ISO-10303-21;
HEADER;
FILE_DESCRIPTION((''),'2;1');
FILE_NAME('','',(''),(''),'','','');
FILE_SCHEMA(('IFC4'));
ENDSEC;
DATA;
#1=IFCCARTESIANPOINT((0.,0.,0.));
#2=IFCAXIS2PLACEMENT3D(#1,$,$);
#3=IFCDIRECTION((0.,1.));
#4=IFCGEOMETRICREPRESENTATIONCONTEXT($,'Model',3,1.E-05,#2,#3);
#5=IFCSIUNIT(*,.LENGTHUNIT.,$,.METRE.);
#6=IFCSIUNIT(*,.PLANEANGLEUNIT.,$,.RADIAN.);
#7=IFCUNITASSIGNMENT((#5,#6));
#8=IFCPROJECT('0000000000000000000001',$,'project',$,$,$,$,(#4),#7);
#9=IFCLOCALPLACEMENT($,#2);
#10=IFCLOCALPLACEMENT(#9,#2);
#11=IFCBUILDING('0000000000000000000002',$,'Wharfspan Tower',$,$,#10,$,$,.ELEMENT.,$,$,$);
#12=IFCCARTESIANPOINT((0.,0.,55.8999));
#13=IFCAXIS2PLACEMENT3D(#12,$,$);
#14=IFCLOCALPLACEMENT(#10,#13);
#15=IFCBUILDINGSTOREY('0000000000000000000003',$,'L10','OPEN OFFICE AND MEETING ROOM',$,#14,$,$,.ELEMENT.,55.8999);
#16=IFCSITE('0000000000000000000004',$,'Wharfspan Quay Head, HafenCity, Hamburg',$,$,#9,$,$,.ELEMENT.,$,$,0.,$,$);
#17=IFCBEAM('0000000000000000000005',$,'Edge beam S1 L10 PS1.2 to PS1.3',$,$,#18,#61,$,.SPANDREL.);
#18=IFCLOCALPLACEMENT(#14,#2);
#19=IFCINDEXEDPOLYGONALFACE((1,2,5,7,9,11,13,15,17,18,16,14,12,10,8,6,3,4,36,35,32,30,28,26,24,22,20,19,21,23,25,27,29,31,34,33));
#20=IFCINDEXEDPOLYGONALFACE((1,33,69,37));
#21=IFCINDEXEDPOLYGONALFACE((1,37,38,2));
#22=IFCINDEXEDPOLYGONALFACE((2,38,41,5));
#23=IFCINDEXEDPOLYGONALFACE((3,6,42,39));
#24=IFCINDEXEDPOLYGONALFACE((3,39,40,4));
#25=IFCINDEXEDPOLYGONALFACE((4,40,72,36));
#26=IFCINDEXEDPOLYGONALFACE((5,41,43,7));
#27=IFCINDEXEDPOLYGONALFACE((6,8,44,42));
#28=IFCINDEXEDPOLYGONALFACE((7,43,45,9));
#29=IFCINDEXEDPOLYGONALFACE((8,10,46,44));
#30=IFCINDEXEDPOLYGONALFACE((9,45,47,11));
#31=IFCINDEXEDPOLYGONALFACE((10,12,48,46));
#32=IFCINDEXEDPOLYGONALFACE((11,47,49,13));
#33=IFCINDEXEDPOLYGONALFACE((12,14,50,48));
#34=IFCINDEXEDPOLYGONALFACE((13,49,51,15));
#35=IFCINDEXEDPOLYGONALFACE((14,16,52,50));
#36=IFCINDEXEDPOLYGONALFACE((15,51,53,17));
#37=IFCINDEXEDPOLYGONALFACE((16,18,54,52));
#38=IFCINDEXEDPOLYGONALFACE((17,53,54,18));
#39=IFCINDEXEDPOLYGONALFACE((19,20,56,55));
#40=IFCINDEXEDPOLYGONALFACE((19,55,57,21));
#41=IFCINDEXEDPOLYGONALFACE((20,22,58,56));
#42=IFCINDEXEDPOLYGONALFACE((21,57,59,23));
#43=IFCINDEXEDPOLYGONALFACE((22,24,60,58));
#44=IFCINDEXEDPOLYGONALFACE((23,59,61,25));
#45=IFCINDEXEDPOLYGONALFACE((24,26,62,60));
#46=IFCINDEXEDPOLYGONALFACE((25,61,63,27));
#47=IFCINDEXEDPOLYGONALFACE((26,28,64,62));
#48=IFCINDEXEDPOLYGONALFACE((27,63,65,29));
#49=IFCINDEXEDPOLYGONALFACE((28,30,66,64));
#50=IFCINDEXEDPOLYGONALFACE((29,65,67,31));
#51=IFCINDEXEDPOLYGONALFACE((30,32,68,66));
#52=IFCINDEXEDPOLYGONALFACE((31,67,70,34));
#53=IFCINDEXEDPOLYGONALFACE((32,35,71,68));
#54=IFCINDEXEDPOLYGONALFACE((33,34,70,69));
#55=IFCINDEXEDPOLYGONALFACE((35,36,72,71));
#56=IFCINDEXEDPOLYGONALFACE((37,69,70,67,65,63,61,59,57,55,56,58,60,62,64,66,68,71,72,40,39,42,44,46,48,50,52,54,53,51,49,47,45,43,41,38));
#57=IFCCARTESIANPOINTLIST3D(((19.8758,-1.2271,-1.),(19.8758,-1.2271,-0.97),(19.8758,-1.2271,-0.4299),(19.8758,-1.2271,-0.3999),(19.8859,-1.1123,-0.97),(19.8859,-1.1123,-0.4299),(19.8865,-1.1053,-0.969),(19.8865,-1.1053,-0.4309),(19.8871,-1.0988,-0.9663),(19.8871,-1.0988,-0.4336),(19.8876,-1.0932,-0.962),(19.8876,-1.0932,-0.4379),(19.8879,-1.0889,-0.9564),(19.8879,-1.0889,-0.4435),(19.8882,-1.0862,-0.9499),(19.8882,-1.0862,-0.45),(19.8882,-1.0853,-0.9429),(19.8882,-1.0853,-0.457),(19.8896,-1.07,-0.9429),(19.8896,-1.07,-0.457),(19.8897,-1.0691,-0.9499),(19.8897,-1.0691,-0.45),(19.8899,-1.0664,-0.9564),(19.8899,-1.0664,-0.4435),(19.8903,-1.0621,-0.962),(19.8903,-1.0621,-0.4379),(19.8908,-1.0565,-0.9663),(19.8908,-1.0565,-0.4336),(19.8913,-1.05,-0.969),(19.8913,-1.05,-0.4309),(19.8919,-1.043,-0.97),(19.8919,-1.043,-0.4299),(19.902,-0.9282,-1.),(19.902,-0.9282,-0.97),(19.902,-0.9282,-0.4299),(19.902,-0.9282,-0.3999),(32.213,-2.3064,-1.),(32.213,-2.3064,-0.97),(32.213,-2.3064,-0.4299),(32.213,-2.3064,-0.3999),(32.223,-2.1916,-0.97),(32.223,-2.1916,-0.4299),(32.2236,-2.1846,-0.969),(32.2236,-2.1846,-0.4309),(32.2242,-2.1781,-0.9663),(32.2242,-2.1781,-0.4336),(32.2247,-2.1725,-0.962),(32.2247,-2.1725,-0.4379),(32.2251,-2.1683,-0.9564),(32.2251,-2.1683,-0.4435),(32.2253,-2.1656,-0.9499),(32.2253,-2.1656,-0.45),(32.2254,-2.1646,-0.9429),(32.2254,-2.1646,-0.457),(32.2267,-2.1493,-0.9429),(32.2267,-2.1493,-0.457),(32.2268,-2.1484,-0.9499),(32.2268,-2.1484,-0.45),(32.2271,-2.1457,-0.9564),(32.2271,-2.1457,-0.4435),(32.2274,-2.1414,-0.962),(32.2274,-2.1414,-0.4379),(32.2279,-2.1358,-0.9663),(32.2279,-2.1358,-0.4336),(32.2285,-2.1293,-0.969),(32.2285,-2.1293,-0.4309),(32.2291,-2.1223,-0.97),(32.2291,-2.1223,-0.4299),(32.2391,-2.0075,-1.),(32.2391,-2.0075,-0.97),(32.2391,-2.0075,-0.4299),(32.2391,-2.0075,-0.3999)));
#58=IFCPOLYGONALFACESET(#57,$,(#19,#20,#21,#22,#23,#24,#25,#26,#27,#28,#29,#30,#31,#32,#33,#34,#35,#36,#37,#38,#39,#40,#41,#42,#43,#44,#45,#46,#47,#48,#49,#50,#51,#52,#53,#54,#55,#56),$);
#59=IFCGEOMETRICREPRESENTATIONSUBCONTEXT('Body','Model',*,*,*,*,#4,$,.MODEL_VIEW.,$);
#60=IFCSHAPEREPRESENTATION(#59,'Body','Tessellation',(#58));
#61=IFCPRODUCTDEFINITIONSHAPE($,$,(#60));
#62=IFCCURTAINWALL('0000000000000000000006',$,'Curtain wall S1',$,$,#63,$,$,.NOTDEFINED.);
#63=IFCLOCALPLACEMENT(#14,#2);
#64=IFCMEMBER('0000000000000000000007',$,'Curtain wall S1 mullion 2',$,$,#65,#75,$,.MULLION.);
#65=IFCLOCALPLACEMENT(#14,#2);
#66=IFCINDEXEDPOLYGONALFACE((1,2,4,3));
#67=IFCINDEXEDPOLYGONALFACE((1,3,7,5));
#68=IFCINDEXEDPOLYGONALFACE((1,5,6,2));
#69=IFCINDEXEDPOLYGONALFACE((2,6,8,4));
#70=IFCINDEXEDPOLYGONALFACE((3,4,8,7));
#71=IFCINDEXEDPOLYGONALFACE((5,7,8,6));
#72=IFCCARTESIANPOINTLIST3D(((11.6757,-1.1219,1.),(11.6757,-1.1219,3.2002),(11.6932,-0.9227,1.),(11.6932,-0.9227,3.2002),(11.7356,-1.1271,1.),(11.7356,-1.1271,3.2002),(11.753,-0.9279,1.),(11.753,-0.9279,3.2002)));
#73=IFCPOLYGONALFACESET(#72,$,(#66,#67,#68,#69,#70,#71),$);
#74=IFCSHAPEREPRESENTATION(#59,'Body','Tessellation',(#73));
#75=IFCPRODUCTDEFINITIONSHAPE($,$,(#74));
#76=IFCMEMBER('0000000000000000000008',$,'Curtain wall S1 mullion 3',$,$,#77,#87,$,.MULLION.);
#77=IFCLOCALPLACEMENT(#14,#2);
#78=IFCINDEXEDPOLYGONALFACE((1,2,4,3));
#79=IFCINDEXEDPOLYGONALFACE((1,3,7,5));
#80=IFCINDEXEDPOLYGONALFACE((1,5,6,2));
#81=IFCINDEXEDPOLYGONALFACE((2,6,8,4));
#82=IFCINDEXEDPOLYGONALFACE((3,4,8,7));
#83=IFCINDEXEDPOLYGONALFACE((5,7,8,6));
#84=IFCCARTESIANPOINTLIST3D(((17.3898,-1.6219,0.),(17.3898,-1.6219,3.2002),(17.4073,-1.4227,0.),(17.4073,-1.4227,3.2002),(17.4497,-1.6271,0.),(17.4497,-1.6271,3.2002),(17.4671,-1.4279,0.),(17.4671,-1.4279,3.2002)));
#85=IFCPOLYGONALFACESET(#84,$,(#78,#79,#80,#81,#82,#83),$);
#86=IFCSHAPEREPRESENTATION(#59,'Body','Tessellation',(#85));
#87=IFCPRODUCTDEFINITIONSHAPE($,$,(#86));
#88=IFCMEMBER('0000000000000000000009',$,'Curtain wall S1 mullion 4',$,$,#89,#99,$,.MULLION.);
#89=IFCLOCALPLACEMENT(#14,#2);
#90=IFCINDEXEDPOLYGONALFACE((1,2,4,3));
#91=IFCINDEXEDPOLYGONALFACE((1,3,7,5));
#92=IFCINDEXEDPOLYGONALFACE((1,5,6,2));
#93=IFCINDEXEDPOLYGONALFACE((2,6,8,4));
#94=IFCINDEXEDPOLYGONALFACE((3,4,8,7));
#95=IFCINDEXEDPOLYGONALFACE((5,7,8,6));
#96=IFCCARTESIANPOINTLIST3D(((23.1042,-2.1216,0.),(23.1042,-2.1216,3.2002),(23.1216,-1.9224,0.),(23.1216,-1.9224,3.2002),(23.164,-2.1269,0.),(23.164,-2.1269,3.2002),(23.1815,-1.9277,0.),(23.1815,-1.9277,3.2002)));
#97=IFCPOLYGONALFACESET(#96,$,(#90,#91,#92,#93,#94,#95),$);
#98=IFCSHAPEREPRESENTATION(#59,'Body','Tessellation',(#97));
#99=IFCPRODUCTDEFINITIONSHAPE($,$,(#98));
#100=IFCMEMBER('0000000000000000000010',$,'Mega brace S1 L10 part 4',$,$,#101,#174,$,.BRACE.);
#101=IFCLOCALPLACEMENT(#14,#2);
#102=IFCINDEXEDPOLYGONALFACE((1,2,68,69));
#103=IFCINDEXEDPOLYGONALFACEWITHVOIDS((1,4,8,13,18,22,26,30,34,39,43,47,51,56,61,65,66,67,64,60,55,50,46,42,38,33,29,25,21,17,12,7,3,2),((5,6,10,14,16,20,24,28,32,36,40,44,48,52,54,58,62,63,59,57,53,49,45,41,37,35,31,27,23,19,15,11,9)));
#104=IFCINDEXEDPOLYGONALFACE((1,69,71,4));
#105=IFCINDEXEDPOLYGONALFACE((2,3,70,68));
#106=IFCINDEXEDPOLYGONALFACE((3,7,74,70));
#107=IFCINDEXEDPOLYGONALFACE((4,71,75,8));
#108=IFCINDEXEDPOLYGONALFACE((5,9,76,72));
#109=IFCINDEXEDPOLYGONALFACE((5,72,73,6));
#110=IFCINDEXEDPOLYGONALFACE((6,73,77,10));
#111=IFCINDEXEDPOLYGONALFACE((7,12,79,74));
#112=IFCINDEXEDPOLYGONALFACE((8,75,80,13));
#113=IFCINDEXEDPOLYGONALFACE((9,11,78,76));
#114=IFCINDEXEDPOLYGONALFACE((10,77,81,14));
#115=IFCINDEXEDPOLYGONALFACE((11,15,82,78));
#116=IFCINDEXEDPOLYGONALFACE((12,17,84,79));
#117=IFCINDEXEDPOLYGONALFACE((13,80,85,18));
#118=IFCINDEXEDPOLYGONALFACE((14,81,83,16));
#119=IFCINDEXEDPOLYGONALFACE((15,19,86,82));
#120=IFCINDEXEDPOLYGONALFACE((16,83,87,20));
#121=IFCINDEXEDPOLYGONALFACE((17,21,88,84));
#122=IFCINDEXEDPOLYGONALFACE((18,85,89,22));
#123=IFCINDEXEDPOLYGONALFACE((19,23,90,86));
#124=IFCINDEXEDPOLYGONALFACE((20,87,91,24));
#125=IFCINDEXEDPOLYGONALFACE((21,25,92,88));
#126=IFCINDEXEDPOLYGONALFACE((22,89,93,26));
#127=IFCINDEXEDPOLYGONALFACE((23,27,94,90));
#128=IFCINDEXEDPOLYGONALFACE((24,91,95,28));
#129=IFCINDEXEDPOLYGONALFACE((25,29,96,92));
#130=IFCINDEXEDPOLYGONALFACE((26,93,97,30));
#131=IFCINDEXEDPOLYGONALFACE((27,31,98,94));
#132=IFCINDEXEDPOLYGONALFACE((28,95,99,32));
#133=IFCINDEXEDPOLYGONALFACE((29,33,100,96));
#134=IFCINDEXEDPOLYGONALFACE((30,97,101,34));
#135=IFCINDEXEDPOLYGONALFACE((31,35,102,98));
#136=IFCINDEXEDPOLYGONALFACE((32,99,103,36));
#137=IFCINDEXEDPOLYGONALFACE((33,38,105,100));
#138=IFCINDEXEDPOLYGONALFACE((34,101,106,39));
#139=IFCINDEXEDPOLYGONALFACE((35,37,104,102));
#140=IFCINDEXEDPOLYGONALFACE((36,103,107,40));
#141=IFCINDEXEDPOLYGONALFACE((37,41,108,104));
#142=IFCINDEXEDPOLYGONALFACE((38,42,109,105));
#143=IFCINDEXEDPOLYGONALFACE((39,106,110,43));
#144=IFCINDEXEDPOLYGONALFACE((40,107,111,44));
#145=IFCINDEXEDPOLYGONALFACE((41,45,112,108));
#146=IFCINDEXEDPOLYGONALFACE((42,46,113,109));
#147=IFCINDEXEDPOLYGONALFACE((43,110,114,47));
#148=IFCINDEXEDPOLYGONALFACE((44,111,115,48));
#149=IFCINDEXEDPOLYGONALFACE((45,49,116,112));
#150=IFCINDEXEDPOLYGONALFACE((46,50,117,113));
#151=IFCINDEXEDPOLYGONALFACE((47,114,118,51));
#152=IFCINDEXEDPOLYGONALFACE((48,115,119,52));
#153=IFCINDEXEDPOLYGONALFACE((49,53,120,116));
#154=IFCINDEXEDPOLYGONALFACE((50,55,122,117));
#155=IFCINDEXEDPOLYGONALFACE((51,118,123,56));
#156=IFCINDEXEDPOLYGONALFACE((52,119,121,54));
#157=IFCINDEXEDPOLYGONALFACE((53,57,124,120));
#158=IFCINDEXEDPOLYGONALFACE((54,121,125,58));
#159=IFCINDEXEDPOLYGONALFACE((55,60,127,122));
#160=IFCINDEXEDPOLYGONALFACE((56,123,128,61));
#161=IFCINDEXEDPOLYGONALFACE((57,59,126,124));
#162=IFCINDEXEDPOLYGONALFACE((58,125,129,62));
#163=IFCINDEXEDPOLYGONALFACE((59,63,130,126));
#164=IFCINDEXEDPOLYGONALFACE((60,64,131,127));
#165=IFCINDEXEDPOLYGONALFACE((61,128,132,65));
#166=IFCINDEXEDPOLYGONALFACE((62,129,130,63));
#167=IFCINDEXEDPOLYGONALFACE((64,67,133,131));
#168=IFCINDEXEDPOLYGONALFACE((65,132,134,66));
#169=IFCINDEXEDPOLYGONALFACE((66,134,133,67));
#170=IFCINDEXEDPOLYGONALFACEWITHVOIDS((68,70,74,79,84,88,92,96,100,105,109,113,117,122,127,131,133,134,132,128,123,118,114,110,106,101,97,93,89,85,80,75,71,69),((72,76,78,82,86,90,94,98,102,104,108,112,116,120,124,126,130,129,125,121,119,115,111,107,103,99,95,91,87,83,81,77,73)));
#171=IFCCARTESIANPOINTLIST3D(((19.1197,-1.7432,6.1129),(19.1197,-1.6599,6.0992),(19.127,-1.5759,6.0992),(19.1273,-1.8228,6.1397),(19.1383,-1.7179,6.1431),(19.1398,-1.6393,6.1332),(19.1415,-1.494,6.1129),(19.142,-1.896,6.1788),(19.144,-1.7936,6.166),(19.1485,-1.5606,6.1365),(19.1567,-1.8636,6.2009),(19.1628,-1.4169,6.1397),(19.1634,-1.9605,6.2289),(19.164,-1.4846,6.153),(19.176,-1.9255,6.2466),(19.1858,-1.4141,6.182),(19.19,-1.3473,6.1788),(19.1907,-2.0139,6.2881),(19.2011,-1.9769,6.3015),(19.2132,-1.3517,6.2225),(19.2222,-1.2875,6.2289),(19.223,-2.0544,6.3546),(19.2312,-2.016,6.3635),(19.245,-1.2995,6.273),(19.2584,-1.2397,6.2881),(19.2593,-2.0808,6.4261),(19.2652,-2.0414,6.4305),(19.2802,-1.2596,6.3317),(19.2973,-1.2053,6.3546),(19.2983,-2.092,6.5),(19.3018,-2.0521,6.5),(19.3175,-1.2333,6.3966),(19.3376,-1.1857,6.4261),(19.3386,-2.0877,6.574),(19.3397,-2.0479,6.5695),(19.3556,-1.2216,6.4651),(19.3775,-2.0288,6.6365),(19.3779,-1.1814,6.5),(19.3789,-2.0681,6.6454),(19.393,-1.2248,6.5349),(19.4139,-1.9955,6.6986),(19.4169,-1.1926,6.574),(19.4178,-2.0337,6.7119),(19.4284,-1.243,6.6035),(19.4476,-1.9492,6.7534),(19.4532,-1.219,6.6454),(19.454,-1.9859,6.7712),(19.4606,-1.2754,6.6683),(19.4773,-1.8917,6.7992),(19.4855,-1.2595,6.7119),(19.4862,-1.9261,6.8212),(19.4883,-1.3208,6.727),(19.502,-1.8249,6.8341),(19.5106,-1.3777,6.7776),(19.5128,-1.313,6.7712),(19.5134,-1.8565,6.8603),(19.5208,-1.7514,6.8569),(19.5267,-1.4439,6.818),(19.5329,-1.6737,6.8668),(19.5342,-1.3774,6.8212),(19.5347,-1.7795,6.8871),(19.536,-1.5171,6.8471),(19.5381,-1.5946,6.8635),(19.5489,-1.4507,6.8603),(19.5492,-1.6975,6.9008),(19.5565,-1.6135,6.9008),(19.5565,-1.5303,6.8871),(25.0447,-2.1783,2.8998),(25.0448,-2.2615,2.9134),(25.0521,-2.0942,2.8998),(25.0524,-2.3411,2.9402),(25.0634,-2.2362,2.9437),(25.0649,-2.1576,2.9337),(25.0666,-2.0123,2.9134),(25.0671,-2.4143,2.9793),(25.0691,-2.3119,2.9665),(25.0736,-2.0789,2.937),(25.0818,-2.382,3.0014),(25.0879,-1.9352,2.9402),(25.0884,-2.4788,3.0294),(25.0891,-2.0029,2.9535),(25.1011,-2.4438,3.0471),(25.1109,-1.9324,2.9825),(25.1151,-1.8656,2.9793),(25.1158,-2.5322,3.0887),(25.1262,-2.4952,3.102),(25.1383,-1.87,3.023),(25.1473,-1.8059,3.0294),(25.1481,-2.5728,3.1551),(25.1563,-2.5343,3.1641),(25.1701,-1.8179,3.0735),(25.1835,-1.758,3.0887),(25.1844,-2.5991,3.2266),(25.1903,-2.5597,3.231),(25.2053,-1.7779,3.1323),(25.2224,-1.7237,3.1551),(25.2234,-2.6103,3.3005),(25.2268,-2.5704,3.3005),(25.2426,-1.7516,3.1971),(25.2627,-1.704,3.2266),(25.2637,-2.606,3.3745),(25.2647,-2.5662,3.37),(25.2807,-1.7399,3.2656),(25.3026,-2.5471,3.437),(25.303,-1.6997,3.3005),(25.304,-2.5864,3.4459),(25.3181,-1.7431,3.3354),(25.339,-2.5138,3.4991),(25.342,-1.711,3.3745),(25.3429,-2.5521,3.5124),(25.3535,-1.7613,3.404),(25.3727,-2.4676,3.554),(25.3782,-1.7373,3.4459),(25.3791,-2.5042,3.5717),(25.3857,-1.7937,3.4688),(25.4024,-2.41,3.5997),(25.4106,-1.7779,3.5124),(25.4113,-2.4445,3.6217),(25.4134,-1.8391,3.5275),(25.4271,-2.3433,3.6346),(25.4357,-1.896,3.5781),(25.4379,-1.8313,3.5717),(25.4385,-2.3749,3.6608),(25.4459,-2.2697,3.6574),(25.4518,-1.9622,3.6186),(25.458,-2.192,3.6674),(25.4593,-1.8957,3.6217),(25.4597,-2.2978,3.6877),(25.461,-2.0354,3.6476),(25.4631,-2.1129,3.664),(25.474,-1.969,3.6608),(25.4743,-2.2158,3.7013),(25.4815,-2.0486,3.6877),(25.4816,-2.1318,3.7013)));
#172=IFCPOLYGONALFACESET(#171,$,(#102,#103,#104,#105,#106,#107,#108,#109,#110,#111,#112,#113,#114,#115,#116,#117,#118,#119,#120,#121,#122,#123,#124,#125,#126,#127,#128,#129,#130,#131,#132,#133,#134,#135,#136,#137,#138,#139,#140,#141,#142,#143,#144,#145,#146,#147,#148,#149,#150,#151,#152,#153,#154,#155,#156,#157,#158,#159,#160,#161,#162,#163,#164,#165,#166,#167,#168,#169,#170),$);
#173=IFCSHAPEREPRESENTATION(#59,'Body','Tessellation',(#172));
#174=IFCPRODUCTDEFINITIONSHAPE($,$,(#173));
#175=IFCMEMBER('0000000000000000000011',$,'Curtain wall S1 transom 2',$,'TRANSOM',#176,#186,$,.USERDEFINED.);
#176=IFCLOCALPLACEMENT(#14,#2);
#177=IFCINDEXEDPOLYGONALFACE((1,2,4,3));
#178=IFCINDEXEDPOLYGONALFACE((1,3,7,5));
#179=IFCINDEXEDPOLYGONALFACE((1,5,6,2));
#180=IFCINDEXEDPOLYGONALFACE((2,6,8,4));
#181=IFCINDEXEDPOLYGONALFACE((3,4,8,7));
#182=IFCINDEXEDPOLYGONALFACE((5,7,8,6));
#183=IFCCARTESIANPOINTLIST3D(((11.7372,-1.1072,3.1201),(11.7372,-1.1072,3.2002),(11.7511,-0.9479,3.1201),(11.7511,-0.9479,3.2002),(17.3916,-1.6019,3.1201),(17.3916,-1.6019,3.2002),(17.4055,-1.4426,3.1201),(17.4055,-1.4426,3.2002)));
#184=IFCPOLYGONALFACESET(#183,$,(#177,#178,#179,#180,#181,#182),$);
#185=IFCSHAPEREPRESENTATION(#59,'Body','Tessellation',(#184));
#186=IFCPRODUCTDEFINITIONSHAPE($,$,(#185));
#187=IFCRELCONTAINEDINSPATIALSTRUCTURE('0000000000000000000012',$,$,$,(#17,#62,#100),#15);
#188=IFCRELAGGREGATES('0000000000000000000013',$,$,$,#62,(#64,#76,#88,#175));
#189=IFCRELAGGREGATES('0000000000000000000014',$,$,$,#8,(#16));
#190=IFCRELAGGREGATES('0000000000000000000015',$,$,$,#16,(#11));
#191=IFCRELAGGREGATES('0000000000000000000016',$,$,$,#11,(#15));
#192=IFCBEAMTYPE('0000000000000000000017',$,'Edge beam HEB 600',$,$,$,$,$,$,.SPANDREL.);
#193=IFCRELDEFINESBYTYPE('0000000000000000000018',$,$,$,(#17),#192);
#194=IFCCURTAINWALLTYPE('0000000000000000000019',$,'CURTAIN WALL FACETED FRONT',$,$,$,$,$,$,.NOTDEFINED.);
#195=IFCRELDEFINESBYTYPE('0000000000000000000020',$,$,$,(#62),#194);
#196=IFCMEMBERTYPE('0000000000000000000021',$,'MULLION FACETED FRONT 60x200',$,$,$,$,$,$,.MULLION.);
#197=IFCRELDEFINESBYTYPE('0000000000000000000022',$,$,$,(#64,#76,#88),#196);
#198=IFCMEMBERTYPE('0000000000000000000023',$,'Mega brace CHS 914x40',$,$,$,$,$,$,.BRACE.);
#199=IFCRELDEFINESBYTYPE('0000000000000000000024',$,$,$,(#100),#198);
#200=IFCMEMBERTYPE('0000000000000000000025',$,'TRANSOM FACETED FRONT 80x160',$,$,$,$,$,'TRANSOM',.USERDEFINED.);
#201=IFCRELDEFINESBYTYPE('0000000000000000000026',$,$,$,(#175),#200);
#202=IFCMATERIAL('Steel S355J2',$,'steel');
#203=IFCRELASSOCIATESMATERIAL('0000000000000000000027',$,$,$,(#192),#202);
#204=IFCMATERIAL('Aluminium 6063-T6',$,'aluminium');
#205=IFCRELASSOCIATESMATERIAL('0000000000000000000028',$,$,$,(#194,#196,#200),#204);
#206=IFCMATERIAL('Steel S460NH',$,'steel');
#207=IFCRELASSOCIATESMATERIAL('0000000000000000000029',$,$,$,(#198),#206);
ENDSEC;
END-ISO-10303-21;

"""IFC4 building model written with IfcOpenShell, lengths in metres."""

from ifc_helpers import new_model, si_unit, direction, frame, origin, origin_2d, place, context, subcontext, project, spatial, rectangle, hollow_circle, i_section, extrude, material, material_profile, profile_set, type_object, element, aggregate, save


model = new_model("IFC4")

# Units and contexts
model_context = context("Model", 3, precision=1e-05, world=origin(), true_north=direction((0.0, 1.0)))
body_context = subcontext(model_context, "Body", "Model", "MODEL_VIEW")
ifc_project = project(units=[si_unit("LENGTHUNIT", "METRE"), si_unit("PLANEANGLEUNIT", "RADIAN")], contexts=[model_context])

# Site, building, storey
site_placement = place(None, origin())
site = spatial("IfcSite", under=ifc_project, at=site_placement, Name="Wharfspan Quay Head, HafenCity, Hamburg", CompositionType="ELEMENT", RefElevation=0.0)
building_placement = place(site_placement, origin())
building = spatial("IfcBuilding", under=site, at=building_placement, Name="Wharfspan Tower", CompositionType="ELEMENT")
storey_placement = place(building_placement, frame((0.0, 0.0, 55.8999)))
storey = spatial("IfcBuildingStorey", under=building, at=storey_placement, Name="L10", Description="OPEN OFFICE AND MEETING ROOM", CompositionType="ELEMENT", Elevation=55.8999)

# Shared definitions
ifc_material_1 = material(Name="Steel S355J2", Category="steel")

# Beam
ifc_material_profile_1 = material_profile(ifc_material_1, i_section(OverallWidth=0.3, OverallDepth=0.6001, WebThickness=0.0154, FlangeThickness=0.03, FilletRadius=0.0271, at=origin_2d()))
ifc_profile_set_1 = profile_set([ifc_material_profile_1], Name="Steel S355J2")
beam_type = type_object("IfcBeamType", Name="Edge beam HEB 600", PredefinedType="SPANDREL", material=ifc_profile_set_1)
beam_placement = place(storey_placement, frame((19.8889, -1.0776, -0.7), z_axis=(0.996195, -0.087154, 0.0), x_axis=(0.087154, 0.996195, 0.0)))
element("IfcBeam", 1, at=beam_placement, inside=storey, type_object=beam_type, Name="Edge beam S1 L10 PS1.2 to PS1.3", PredefinedType="SPANDREL", context=body_context, shape_type="SweptSolid", body=[
    extrude(i_section(OverallWidth=0.3, OverallDepth=0.6001, WebThickness=0.0154, FlangeThickness=0.03, FilletRadius=0.0271, at=origin_2d()), origin(), (0.0, 0.0, 1.0), 12.3843),
])

# Curtain wall, members
ifc_material_2 = material(Name="Aluminium 6063-T6", Category="aluminium")
curtain_wall_type = type_object("IfcCurtainWallType", Name="CURTAIN WALL FACETED FRONT", PredefinedType="NOTDEFINED", material=ifc_material_2)
curtain_wall_placement = place(storey_placement, origin())
curtain_wall = element("IfcCurtainWall", 2, at=curtain_wall_placement, inside=storey, type_object=curtain_wall_type, Name="Curtain wall S1", PredefinedType="NOTDEFINED")
ifc_material_profile_2 = material_profile(ifc_material_2, rectangle(XDim=0.2, YDim=0.0601, at=origin_2d()))
ifc_profile_set_2 = profile_set([ifc_material_profile_2], Name="Aluminium 6063-T6")
member_type_1 = type_object("IfcMemberType", Name="MULLION FACETED FRONT 60x200", PredefinedType="MULLION", material=ifc_profile_set_2)
member_1_placement = place(storey_placement, frame((11.7144, -1.0249, 1.0), z_axis=(0.0, 0.0, 1.0), x_axis=(0.087156, 0.996197, 0.0)))
member_1 = element("IfcMember", 3, at=member_1_placement, type_object=member_type_1, Name="Curtain wall S1 mullion 2", PredefinedType="MULLION", context=body_context, shape_type="SweptSolid", body=[
    extrude(rectangle(XDim=0.2, YDim=0.0601, at=origin_2d()), origin(), (0.0, 0.0, 1.0), 2.2002),
])
member_2_placement = place(storey_placement, frame((17.4285, -1.5249, 0.0), z_axis=(0.0, 0.0, 1.0), x_axis=(0.087156, 0.996197, 0.0)))
member_2 = element("IfcMember", 4, at=member_2_placement, type_object=member_type_1, Name="Curtain wall S1 mullion 3", PredefinedType="MULLION", context=body_context, shape_type="SweptSolid", body=[
    extrude(rectangle(XDim=0.2, YDim=0.0601, at=origin_2d()), origin(), (0.0, 0.0, 1.0), 3.2002),
])
member_3_placement = place(storey_placement, frame((23.1428, -2.0247, 0.0), z_axis=(0.0, 0.0, 1.0), x_axis=(0.087156, 0.996197, 0.0)))
member_3 = element("IfcMember", 5, at=member_3_placement, type_object=member_type_1, Name="Curtain wall S1 mullion 4", PredefinedType="MULLION", context=body_context, shape_type="SweptSolid", body=[
    extrude(rectangle(XDim=0.2, YDim=0.0601, at=origin_2d()), origin(), (0.0, 0.0, 1.0), 3.2002),
])

# Members
ifc_material_3 = material(Name="Steel S460NH", Category="steel")
ifc_material_profile_3 = material_profile(ifc_material_3, hollow_circle(Radius=0.457, WallThickness=0.04, at=origin_2d()))
ifc_profile_set_3 = profile_set([ifc_material_profile_3], Name="Steel S460NH")
member_type_2 = type_object("IfcMemberType", Name="Mega brace CHS 914x40", PredefinedType="BRACE", material=ifc_profile_set_3)
member_4_placement = place(storey_placement, frame((25.2632, -2.155, 3.3005), z_axis=(-0.877314, 0.076746, 0.47374), x_axis=(-0.087144, -0.996196, 0.000003)))
element("IfcMember", 6, at=member_4_placement, inside=storey, type_object=member_type_2, Name="Mega brace S1 L10 part 4", PredefinedType="BRACE", context=body_context, shape_type="SweptSolid", body=[
    extrude(hollow_circle(Radius=0.457, WallThickness=0.04, at=origin_2d()), origin(), (0.0, 0.0, 1.0), 6.7537),
])
ifc_material_profile_4 = material_profile(ifc_material_2, rectangle(XDim=0.1599, YDim=0.0801, at=origin_2d()))
ifc_profile_set_4 = profile_set([ifc_material_profile_4], Name="Aluminium 6063-T6")
member_type_3 = type_object("IfcMemberType", Name="TRANSOM FACETED FRONT 80x160", ElementType="TRANSOM", PredefinedType="USERDEFINED", material=ifc_profile_set_4)
member_5_placement = place(storey_placement, frame((11.7441, -1.0276, 3.1602), z_axis=(0.996196, -0.087142, 0.0), x_axis=(0.087142, 0.996196, 0.0)))
member_5 = element("IfcMember", 7, at=member_5_placement, type_object=member_type_3, Name="Curtain wall S1 transom 2", ObjectType="TRANSOM", PredefinedType="USERDEFINED", context=body_context, shape_type="SweptSolid", body=[
    extrude(rectangle(XDim=0.1599, YDim=0.0801, at=origin_2d()), origin(), (0.0, 0.0, 1.0), 5.676),
])

aggregate(curtain_wall, [member_1, member_2, member_3, member_5])

save(model, "model.ifc")
